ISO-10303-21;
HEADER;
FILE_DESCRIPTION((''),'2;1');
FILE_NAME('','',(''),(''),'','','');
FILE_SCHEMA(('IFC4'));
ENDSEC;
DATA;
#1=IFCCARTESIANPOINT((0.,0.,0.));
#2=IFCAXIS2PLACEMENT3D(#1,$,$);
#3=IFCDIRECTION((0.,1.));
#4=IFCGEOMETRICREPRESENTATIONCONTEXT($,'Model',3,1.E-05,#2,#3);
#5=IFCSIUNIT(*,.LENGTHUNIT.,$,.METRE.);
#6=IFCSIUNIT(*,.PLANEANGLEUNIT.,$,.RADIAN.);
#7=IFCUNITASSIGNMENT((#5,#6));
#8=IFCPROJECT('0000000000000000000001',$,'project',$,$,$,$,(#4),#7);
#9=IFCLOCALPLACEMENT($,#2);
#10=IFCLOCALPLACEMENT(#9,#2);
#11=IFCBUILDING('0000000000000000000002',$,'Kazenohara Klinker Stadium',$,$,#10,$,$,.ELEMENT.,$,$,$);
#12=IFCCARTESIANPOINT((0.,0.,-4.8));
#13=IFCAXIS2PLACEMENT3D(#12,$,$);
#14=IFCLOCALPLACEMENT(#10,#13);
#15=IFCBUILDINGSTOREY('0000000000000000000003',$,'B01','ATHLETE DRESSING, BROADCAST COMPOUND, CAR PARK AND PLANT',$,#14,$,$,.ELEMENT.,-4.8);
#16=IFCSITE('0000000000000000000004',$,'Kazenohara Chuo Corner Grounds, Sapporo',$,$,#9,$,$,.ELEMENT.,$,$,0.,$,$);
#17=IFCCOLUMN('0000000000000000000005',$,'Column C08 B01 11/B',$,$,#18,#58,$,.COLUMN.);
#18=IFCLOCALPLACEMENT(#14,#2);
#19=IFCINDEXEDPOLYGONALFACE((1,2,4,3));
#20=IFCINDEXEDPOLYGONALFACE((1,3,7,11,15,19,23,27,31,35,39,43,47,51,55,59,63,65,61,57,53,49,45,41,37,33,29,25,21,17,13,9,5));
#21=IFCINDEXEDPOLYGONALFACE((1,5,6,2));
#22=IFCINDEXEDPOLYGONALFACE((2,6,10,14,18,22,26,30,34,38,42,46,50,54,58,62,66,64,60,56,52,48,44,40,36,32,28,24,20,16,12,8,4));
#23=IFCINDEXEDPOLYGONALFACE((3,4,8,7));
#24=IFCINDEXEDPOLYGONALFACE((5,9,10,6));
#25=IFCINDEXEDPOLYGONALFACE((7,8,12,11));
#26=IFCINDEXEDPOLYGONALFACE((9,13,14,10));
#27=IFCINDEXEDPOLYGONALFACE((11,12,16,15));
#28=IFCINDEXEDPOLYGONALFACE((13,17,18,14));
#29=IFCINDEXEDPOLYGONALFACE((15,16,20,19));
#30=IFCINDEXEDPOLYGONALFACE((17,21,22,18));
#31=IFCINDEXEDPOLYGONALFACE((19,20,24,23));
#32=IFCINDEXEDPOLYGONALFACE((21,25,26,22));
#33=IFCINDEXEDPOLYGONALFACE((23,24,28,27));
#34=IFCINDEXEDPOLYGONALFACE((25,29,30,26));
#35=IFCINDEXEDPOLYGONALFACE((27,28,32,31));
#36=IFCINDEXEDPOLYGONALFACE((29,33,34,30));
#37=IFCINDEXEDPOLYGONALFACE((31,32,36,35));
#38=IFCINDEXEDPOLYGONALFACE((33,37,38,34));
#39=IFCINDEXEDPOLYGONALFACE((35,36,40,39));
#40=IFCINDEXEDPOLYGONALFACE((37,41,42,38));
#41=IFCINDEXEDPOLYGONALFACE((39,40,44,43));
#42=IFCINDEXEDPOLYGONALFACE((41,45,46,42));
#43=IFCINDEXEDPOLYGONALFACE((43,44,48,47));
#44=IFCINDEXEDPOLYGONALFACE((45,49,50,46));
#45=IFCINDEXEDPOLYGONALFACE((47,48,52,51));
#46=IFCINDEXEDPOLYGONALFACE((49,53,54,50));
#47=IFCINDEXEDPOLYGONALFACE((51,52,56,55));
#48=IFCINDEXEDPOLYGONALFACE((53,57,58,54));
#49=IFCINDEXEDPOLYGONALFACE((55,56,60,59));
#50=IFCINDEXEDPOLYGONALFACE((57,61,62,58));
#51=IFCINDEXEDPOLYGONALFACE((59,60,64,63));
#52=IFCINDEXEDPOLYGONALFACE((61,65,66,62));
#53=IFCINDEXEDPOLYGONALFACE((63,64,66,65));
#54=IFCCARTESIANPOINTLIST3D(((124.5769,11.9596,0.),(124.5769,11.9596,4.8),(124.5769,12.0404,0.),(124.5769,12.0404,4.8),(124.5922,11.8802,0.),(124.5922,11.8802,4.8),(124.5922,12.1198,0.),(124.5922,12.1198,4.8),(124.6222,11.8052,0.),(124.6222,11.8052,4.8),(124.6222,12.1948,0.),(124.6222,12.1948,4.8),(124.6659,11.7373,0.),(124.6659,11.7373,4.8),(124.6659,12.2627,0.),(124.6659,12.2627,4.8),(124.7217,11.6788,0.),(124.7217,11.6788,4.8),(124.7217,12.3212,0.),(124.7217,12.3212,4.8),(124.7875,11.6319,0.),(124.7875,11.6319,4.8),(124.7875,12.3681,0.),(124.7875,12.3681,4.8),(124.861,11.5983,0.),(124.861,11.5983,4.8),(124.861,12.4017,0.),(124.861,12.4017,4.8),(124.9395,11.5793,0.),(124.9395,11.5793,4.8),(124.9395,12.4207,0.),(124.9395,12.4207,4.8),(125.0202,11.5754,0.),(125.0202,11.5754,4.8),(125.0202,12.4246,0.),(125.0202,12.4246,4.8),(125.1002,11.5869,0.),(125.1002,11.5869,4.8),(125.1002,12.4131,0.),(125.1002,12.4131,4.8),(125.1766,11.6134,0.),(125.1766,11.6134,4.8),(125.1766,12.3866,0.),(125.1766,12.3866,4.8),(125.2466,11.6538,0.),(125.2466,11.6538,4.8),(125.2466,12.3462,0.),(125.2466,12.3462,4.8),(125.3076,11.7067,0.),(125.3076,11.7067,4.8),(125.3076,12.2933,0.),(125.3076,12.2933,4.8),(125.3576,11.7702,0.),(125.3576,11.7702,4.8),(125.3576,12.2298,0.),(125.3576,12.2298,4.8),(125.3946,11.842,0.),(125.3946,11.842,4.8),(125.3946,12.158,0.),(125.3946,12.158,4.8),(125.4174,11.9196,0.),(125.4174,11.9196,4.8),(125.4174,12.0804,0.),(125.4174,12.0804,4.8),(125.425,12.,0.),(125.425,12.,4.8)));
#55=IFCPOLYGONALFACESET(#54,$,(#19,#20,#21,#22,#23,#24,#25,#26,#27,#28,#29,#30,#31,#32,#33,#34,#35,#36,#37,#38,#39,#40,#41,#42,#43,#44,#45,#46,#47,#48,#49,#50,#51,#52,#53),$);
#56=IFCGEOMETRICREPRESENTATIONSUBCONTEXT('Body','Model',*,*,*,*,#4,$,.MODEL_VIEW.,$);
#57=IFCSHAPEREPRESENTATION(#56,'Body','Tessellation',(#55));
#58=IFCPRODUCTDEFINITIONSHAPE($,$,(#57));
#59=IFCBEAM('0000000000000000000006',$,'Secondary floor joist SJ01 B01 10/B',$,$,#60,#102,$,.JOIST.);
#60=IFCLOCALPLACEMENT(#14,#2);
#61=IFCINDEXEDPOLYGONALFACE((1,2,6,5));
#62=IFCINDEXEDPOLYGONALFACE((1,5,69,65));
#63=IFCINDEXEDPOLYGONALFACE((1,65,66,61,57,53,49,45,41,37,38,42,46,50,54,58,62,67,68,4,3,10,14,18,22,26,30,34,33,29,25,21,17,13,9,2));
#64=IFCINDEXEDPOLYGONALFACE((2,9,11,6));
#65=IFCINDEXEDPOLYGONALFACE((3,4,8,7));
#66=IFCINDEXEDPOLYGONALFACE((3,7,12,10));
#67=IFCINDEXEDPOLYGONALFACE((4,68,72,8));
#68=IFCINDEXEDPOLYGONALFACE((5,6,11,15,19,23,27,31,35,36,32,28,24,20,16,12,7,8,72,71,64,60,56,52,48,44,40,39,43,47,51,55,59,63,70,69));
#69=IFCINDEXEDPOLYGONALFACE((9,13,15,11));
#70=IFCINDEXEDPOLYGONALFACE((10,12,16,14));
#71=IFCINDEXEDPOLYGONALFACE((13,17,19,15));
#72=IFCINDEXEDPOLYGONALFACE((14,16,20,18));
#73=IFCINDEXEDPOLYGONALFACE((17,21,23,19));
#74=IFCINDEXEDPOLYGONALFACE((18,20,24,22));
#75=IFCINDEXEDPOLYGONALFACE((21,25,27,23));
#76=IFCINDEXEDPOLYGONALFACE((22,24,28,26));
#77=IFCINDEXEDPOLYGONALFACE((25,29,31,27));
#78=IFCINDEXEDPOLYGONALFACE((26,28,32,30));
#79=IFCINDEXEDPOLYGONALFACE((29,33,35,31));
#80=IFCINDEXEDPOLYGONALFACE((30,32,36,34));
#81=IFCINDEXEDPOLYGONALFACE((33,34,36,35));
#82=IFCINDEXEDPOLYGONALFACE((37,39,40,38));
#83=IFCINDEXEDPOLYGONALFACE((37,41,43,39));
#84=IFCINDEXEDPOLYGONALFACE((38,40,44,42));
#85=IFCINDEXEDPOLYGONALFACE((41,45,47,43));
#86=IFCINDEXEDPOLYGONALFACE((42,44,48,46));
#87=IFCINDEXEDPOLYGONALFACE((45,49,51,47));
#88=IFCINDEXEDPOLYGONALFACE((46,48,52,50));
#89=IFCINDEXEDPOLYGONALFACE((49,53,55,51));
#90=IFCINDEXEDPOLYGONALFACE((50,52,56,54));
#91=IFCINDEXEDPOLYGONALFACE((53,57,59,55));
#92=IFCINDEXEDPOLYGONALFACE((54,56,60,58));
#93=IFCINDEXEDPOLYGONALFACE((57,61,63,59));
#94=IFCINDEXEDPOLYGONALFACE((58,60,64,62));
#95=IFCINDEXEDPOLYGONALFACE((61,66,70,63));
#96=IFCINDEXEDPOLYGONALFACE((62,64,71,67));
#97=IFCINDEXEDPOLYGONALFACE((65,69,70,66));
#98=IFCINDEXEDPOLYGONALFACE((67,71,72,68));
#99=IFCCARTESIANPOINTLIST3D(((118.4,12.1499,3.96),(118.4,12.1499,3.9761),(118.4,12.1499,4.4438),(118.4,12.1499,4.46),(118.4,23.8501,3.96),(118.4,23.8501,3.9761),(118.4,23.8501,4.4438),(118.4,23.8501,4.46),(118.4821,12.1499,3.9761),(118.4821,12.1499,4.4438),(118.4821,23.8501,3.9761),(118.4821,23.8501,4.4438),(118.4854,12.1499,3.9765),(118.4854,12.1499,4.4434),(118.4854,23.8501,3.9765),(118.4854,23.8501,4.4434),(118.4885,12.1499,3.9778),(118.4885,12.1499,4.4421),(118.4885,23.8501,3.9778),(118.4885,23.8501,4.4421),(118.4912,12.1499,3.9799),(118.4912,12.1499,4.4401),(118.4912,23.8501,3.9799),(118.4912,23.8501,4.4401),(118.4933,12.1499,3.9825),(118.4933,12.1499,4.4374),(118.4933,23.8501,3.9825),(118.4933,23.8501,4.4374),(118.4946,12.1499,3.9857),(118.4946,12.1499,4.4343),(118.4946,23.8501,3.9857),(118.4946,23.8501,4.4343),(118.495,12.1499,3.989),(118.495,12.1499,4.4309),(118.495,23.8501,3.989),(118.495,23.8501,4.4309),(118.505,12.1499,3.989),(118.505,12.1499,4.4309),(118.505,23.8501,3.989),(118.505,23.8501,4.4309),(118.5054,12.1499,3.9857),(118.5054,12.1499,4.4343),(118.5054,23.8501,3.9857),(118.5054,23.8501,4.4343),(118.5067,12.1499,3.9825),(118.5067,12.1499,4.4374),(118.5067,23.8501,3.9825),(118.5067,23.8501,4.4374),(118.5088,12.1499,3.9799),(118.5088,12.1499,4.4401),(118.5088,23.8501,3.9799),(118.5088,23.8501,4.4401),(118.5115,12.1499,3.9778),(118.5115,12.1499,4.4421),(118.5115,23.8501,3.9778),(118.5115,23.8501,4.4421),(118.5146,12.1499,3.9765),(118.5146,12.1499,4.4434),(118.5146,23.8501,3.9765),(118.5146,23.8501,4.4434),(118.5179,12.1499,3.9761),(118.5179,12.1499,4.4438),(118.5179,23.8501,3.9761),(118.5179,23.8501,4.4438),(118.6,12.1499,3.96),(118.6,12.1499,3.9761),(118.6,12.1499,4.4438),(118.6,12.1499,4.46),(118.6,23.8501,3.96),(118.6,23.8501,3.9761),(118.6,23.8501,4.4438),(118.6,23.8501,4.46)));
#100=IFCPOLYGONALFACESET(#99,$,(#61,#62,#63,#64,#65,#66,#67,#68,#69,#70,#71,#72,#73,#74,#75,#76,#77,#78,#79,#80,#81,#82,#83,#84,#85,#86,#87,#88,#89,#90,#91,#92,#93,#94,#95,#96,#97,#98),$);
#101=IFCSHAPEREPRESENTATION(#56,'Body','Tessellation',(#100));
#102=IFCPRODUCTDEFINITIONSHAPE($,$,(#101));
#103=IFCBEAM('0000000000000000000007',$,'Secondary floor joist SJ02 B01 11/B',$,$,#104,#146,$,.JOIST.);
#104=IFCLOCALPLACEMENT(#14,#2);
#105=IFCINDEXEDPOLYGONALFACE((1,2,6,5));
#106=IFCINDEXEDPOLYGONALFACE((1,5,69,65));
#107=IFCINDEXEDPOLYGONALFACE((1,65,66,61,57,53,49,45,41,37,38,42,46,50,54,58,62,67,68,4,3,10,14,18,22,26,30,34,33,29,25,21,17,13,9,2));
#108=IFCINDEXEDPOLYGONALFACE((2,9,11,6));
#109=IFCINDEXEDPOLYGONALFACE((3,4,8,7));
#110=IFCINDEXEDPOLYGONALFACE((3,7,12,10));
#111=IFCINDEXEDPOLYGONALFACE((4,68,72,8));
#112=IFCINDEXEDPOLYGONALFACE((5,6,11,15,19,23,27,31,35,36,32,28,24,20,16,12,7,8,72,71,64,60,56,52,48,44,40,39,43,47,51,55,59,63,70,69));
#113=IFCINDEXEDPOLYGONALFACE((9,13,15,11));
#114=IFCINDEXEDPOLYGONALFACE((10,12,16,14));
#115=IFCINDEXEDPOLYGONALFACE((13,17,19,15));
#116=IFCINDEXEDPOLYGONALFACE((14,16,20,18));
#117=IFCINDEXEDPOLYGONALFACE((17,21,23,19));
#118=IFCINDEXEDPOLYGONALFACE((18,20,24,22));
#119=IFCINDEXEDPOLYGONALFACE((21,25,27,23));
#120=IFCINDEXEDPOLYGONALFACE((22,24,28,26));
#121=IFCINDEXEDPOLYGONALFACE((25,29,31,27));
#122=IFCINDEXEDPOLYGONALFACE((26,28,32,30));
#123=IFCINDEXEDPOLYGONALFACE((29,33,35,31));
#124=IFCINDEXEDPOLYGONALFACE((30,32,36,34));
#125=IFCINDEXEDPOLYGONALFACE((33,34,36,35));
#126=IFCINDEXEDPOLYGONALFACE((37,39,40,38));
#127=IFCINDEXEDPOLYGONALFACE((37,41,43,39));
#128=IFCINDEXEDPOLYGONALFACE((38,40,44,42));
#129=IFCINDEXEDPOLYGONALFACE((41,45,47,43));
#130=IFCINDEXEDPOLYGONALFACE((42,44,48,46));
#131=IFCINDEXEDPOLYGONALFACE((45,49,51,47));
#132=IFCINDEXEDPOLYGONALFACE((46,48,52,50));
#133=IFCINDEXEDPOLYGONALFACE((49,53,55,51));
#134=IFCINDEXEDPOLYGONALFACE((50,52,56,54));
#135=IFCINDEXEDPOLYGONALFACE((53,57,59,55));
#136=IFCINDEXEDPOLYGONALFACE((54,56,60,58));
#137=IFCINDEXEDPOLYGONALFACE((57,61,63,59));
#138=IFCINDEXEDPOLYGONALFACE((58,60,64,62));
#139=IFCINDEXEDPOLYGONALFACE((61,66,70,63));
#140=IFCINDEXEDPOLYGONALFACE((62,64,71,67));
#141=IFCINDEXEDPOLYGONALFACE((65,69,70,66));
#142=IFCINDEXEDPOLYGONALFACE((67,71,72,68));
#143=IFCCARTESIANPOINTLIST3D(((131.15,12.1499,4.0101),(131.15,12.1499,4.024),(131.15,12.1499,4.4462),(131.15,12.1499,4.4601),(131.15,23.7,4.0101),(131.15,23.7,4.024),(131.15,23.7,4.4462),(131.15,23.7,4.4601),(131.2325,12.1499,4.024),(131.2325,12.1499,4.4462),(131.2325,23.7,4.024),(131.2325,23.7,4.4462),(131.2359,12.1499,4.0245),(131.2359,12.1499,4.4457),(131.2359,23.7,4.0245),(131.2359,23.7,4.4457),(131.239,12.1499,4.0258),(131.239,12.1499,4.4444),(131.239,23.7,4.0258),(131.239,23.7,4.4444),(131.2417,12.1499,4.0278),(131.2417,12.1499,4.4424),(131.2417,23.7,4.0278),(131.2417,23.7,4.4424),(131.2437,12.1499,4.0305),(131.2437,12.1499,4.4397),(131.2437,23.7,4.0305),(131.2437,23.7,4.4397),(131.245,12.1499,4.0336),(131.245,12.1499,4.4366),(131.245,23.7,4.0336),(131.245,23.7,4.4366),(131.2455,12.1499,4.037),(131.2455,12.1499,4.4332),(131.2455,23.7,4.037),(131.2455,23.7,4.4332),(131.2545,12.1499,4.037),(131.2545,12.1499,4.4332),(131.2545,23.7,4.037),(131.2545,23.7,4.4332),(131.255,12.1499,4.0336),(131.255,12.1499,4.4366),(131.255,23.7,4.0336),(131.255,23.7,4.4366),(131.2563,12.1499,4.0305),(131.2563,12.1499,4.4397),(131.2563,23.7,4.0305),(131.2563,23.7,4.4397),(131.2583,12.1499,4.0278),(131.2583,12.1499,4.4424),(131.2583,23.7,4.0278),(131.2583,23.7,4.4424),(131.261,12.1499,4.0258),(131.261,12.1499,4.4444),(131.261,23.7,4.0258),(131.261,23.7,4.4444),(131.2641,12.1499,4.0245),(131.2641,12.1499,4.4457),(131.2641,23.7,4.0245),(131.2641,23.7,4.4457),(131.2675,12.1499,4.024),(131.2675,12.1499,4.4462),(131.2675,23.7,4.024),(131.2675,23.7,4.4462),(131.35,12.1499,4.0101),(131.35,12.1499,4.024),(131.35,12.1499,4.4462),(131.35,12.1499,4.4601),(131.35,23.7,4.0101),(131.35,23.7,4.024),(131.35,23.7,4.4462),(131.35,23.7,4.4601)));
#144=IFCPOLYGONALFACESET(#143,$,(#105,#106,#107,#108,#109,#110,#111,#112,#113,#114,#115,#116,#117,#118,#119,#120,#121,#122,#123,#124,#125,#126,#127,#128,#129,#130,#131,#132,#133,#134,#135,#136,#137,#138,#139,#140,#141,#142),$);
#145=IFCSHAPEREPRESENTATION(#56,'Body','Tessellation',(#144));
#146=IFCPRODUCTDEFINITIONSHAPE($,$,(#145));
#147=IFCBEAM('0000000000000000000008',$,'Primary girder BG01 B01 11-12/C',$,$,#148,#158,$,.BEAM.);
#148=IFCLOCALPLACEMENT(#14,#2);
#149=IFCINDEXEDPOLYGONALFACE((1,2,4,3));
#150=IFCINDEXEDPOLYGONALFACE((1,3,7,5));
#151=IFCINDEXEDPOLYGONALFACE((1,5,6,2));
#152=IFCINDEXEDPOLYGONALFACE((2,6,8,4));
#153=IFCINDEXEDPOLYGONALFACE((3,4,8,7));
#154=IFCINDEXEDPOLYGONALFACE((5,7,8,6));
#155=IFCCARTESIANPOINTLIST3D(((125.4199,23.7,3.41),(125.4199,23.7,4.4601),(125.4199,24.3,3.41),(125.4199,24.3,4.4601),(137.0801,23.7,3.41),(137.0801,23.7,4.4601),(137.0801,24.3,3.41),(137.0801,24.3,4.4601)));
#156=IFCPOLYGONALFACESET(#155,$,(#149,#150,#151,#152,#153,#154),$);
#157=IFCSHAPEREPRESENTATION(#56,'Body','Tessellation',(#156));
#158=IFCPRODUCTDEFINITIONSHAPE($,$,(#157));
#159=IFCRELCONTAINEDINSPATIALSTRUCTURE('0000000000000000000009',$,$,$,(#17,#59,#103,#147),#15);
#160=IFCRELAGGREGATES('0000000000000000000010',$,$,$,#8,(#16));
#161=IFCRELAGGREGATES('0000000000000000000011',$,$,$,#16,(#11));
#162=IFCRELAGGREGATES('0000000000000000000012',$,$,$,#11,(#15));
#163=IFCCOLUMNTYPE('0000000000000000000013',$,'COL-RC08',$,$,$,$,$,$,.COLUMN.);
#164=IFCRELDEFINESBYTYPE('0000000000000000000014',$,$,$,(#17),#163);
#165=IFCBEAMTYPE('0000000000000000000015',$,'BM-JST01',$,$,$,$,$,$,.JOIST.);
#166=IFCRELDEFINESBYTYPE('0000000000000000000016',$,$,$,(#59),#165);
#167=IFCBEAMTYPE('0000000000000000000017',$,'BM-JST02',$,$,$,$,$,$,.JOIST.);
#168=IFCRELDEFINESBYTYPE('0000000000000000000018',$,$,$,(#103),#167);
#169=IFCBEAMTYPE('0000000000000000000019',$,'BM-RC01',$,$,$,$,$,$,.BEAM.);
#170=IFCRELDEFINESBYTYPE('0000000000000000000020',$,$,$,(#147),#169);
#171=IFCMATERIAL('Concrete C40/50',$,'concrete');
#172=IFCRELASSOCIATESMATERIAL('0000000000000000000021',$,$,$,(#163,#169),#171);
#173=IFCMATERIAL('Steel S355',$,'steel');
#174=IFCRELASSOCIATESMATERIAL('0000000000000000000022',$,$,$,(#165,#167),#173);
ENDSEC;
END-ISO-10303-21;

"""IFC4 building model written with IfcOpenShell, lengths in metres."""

from ifc_helpers import new_model, si_unit, direction, frame, origin, origin_2d, place, context, subcontext, project, spatial, rectangle, circle, i_section, extrude, material, material_profile, profile_set, type_object, element, save


model = new_model("IFC4")

# Units and contexts
model_context = context("Model", 3, precision=1e-05, world=origin(), true_north=direction((0.0, 1.0)))
body_context = subcontext(model_context, "Body", "Model", "MODEL_VIEW")
ifc_project = project(units=[si_unit("LENGTHUNIT", "METRE"), si_unit("PLANEANGLEUNIT", "RADIAN")], contexts=[model_context])

# Site, building, storey
site_placement = place(None, origin())
site = spatial("IfcSite", under=ifc_project, at=site_placement, Name="Kazenohara Chuo Corner Grounds, Sapporo", CompositionType="ELEMENT", RefElevation=0.0)
building_placement = place(site_placement, origin())
building = spatial("IfcBuilding", under=site, at=building_placement, Name="Kazenohara Klinker Stadium", CompositionType="ELEMENT")
storey_placement = place(building_placement, frame((0.0, 0.0, -4.8)))
storey = spatial("IfcBuildingStorey", under=building, at=storey_placement, Name="B01", Description="ATHLETE DRESSING, BROADCAST COMPOUND, CAR PARK AND PLANT", CompositionType="ELEMENT", Elevation=-4.8)

# Column
ifc_material_1 = material(Name="Concrete C40/50", Category="concrete")
ifc_material_profile_1 = material_profile(ifc_material_1, circle(Radius=0.425, at=origin_2d()), Name="RC-COL-D850")
ifc_profile_set_1 = profile_set([ifc_material_profile_1], Name="Concrete C40/50")
column_type_1 = type_object("IfcColumnType", Name="COL-RC08", PredefinedType="COLUMN", material=ifc_profile_set_1)
column_1_placement = place(storey_placement, frame((125.0, 12.0, 0.0), z_axis=(0.0, 0.0, 1.0), x_axis=(1.0, 0.0, 0.0)))
element("IfcColumn", 1, at=column_1_placement, inside=storey, type_object=column_type_1, Name="Column C08 B01 11/B", PredefinedType="COLUMN", context=body_context, shape_type="SweptSolid", body=[
    extrude(circle(Radius=0.425, at=origin_2d()), origin(), (0.0, 0.0, 1.0), 4.8),
])

# Beams
ifc_material_2 = material(Name="Steel S355", Category="steel")
ifc_material_profile_2 = material_profile(ifc_material_2, i_section(OverallWidth=0.2, OverallDepth=0.5, WebThickness=0.01, FlangeThickness=0.0161, FilletRadius=0.0129, at=origin_2d()), Name="H-500x200x10x16")
ifc_profile_set_2 = profile_set([ifc_material_profile_2], Name="Steel S355")
beam_type_1 = type_object("IfcBeamType", Name="BM-JST01", PredefinedType="JOIST", material=ifc_profile_set_2)
beam_1_placement = place(storey_placement, frame((118.5, 12.1499, 4.21), z_axis=(0.0, 1.0, 0.0), x_axis=(-1.0, 0.0, 0.0)))
element("IfcBeam", 2, at=beam_1_placement, inside=storey, type_object=beam_type_1, Name="Secondary floor joist SJ01 B01 10/B", PredefinedType="JOIST", context=body_context, shape_type="SweptSolid", body=[
    extrude(i_section(OverallWidth=0.2, OverallDepth=0.5, WebThickness=0.01, FlangeThickness=0.0161, FilletRadius=0.0129, at=origin_2d()), origin(), (0.0, 0.0, 1.0), 11.7002),
])
ifc_material_profile_3 = material_profile(ifc_material_2, i_section(OverallWidth=0.2, OverallDepth=0.45, WebThickness=0.009, FlangeThickness=0.0139, FilletRadius=0.0129, at=origin_2d()), Name="H-450x200x9x14")
ifc_profile_set_3 = profile_set([ifc_material_profile_3], Name="Steel S355")
beam_type_2 = type_object("IfcBeamType", Name="BM-JST02", PredefinedType="JOIST", material=ifc_profile_set_3)
beam_2_placement = place(storey_placement, frame((131.25, 12.1499, 4.2351), z_axis=(0.0, 1.0, 0.0), x_axis=(-1.0, 0.0, 0.0)))
element("IfcBeam", 3, at=beam_2_placement, inside=storey, type_object=beam_type_2, Name="Secondary floor joist SJ02 B01 11/B", PredefinedType="JOIST", context=body_context, shape_type="SweptSolid", body=[
    extrude(i_section(OverallWidth=0.2, OverallDepth=0.45, WebThickness=0.009, FlangeThickness=0.0139, FilletRadius=0.0129, at=origin_2d()), origin(), (0.0, 0.0, 1.0), 11.55),
])
ifc_material_profile_4 = material_profile(ifc_material_1, rectangle(XDim=0.6001, YDim=1.05, at=origin_2d()), Name="RC-BM-600x1050")
ifc_profile_set_4 = profile_set([ifc_material_profile_4], Name="Concrete C40/50")
beam_type_3 = type_object("IfcBeamType", Name="BM-RC01", PredefinedType="BEAM", material=ifc_profile_set_4)
beam_3_placement = place(storey_placement, frame((125.4199, 24.0, 3.9351), z_axis=(1.0, 0.0, 0.0), x_axis=(0.0, 1.0, 0.0)))
element("IfcBeam", 4, at=beam_3_placement, inside=storey, type_object=beam_type_3, Name="Primary girder BG01 B01 11-12/C", PredefinedType="BEAM", context=body_context, shape_type="SweptSolid", body=[
    extrude(rectangle(XDim=0.6001, YDim=1.05, at=origin_2d()), origin(), (0.0, 0.0, 1.0), 11.6602),
])

save(model, "model.ifc")
